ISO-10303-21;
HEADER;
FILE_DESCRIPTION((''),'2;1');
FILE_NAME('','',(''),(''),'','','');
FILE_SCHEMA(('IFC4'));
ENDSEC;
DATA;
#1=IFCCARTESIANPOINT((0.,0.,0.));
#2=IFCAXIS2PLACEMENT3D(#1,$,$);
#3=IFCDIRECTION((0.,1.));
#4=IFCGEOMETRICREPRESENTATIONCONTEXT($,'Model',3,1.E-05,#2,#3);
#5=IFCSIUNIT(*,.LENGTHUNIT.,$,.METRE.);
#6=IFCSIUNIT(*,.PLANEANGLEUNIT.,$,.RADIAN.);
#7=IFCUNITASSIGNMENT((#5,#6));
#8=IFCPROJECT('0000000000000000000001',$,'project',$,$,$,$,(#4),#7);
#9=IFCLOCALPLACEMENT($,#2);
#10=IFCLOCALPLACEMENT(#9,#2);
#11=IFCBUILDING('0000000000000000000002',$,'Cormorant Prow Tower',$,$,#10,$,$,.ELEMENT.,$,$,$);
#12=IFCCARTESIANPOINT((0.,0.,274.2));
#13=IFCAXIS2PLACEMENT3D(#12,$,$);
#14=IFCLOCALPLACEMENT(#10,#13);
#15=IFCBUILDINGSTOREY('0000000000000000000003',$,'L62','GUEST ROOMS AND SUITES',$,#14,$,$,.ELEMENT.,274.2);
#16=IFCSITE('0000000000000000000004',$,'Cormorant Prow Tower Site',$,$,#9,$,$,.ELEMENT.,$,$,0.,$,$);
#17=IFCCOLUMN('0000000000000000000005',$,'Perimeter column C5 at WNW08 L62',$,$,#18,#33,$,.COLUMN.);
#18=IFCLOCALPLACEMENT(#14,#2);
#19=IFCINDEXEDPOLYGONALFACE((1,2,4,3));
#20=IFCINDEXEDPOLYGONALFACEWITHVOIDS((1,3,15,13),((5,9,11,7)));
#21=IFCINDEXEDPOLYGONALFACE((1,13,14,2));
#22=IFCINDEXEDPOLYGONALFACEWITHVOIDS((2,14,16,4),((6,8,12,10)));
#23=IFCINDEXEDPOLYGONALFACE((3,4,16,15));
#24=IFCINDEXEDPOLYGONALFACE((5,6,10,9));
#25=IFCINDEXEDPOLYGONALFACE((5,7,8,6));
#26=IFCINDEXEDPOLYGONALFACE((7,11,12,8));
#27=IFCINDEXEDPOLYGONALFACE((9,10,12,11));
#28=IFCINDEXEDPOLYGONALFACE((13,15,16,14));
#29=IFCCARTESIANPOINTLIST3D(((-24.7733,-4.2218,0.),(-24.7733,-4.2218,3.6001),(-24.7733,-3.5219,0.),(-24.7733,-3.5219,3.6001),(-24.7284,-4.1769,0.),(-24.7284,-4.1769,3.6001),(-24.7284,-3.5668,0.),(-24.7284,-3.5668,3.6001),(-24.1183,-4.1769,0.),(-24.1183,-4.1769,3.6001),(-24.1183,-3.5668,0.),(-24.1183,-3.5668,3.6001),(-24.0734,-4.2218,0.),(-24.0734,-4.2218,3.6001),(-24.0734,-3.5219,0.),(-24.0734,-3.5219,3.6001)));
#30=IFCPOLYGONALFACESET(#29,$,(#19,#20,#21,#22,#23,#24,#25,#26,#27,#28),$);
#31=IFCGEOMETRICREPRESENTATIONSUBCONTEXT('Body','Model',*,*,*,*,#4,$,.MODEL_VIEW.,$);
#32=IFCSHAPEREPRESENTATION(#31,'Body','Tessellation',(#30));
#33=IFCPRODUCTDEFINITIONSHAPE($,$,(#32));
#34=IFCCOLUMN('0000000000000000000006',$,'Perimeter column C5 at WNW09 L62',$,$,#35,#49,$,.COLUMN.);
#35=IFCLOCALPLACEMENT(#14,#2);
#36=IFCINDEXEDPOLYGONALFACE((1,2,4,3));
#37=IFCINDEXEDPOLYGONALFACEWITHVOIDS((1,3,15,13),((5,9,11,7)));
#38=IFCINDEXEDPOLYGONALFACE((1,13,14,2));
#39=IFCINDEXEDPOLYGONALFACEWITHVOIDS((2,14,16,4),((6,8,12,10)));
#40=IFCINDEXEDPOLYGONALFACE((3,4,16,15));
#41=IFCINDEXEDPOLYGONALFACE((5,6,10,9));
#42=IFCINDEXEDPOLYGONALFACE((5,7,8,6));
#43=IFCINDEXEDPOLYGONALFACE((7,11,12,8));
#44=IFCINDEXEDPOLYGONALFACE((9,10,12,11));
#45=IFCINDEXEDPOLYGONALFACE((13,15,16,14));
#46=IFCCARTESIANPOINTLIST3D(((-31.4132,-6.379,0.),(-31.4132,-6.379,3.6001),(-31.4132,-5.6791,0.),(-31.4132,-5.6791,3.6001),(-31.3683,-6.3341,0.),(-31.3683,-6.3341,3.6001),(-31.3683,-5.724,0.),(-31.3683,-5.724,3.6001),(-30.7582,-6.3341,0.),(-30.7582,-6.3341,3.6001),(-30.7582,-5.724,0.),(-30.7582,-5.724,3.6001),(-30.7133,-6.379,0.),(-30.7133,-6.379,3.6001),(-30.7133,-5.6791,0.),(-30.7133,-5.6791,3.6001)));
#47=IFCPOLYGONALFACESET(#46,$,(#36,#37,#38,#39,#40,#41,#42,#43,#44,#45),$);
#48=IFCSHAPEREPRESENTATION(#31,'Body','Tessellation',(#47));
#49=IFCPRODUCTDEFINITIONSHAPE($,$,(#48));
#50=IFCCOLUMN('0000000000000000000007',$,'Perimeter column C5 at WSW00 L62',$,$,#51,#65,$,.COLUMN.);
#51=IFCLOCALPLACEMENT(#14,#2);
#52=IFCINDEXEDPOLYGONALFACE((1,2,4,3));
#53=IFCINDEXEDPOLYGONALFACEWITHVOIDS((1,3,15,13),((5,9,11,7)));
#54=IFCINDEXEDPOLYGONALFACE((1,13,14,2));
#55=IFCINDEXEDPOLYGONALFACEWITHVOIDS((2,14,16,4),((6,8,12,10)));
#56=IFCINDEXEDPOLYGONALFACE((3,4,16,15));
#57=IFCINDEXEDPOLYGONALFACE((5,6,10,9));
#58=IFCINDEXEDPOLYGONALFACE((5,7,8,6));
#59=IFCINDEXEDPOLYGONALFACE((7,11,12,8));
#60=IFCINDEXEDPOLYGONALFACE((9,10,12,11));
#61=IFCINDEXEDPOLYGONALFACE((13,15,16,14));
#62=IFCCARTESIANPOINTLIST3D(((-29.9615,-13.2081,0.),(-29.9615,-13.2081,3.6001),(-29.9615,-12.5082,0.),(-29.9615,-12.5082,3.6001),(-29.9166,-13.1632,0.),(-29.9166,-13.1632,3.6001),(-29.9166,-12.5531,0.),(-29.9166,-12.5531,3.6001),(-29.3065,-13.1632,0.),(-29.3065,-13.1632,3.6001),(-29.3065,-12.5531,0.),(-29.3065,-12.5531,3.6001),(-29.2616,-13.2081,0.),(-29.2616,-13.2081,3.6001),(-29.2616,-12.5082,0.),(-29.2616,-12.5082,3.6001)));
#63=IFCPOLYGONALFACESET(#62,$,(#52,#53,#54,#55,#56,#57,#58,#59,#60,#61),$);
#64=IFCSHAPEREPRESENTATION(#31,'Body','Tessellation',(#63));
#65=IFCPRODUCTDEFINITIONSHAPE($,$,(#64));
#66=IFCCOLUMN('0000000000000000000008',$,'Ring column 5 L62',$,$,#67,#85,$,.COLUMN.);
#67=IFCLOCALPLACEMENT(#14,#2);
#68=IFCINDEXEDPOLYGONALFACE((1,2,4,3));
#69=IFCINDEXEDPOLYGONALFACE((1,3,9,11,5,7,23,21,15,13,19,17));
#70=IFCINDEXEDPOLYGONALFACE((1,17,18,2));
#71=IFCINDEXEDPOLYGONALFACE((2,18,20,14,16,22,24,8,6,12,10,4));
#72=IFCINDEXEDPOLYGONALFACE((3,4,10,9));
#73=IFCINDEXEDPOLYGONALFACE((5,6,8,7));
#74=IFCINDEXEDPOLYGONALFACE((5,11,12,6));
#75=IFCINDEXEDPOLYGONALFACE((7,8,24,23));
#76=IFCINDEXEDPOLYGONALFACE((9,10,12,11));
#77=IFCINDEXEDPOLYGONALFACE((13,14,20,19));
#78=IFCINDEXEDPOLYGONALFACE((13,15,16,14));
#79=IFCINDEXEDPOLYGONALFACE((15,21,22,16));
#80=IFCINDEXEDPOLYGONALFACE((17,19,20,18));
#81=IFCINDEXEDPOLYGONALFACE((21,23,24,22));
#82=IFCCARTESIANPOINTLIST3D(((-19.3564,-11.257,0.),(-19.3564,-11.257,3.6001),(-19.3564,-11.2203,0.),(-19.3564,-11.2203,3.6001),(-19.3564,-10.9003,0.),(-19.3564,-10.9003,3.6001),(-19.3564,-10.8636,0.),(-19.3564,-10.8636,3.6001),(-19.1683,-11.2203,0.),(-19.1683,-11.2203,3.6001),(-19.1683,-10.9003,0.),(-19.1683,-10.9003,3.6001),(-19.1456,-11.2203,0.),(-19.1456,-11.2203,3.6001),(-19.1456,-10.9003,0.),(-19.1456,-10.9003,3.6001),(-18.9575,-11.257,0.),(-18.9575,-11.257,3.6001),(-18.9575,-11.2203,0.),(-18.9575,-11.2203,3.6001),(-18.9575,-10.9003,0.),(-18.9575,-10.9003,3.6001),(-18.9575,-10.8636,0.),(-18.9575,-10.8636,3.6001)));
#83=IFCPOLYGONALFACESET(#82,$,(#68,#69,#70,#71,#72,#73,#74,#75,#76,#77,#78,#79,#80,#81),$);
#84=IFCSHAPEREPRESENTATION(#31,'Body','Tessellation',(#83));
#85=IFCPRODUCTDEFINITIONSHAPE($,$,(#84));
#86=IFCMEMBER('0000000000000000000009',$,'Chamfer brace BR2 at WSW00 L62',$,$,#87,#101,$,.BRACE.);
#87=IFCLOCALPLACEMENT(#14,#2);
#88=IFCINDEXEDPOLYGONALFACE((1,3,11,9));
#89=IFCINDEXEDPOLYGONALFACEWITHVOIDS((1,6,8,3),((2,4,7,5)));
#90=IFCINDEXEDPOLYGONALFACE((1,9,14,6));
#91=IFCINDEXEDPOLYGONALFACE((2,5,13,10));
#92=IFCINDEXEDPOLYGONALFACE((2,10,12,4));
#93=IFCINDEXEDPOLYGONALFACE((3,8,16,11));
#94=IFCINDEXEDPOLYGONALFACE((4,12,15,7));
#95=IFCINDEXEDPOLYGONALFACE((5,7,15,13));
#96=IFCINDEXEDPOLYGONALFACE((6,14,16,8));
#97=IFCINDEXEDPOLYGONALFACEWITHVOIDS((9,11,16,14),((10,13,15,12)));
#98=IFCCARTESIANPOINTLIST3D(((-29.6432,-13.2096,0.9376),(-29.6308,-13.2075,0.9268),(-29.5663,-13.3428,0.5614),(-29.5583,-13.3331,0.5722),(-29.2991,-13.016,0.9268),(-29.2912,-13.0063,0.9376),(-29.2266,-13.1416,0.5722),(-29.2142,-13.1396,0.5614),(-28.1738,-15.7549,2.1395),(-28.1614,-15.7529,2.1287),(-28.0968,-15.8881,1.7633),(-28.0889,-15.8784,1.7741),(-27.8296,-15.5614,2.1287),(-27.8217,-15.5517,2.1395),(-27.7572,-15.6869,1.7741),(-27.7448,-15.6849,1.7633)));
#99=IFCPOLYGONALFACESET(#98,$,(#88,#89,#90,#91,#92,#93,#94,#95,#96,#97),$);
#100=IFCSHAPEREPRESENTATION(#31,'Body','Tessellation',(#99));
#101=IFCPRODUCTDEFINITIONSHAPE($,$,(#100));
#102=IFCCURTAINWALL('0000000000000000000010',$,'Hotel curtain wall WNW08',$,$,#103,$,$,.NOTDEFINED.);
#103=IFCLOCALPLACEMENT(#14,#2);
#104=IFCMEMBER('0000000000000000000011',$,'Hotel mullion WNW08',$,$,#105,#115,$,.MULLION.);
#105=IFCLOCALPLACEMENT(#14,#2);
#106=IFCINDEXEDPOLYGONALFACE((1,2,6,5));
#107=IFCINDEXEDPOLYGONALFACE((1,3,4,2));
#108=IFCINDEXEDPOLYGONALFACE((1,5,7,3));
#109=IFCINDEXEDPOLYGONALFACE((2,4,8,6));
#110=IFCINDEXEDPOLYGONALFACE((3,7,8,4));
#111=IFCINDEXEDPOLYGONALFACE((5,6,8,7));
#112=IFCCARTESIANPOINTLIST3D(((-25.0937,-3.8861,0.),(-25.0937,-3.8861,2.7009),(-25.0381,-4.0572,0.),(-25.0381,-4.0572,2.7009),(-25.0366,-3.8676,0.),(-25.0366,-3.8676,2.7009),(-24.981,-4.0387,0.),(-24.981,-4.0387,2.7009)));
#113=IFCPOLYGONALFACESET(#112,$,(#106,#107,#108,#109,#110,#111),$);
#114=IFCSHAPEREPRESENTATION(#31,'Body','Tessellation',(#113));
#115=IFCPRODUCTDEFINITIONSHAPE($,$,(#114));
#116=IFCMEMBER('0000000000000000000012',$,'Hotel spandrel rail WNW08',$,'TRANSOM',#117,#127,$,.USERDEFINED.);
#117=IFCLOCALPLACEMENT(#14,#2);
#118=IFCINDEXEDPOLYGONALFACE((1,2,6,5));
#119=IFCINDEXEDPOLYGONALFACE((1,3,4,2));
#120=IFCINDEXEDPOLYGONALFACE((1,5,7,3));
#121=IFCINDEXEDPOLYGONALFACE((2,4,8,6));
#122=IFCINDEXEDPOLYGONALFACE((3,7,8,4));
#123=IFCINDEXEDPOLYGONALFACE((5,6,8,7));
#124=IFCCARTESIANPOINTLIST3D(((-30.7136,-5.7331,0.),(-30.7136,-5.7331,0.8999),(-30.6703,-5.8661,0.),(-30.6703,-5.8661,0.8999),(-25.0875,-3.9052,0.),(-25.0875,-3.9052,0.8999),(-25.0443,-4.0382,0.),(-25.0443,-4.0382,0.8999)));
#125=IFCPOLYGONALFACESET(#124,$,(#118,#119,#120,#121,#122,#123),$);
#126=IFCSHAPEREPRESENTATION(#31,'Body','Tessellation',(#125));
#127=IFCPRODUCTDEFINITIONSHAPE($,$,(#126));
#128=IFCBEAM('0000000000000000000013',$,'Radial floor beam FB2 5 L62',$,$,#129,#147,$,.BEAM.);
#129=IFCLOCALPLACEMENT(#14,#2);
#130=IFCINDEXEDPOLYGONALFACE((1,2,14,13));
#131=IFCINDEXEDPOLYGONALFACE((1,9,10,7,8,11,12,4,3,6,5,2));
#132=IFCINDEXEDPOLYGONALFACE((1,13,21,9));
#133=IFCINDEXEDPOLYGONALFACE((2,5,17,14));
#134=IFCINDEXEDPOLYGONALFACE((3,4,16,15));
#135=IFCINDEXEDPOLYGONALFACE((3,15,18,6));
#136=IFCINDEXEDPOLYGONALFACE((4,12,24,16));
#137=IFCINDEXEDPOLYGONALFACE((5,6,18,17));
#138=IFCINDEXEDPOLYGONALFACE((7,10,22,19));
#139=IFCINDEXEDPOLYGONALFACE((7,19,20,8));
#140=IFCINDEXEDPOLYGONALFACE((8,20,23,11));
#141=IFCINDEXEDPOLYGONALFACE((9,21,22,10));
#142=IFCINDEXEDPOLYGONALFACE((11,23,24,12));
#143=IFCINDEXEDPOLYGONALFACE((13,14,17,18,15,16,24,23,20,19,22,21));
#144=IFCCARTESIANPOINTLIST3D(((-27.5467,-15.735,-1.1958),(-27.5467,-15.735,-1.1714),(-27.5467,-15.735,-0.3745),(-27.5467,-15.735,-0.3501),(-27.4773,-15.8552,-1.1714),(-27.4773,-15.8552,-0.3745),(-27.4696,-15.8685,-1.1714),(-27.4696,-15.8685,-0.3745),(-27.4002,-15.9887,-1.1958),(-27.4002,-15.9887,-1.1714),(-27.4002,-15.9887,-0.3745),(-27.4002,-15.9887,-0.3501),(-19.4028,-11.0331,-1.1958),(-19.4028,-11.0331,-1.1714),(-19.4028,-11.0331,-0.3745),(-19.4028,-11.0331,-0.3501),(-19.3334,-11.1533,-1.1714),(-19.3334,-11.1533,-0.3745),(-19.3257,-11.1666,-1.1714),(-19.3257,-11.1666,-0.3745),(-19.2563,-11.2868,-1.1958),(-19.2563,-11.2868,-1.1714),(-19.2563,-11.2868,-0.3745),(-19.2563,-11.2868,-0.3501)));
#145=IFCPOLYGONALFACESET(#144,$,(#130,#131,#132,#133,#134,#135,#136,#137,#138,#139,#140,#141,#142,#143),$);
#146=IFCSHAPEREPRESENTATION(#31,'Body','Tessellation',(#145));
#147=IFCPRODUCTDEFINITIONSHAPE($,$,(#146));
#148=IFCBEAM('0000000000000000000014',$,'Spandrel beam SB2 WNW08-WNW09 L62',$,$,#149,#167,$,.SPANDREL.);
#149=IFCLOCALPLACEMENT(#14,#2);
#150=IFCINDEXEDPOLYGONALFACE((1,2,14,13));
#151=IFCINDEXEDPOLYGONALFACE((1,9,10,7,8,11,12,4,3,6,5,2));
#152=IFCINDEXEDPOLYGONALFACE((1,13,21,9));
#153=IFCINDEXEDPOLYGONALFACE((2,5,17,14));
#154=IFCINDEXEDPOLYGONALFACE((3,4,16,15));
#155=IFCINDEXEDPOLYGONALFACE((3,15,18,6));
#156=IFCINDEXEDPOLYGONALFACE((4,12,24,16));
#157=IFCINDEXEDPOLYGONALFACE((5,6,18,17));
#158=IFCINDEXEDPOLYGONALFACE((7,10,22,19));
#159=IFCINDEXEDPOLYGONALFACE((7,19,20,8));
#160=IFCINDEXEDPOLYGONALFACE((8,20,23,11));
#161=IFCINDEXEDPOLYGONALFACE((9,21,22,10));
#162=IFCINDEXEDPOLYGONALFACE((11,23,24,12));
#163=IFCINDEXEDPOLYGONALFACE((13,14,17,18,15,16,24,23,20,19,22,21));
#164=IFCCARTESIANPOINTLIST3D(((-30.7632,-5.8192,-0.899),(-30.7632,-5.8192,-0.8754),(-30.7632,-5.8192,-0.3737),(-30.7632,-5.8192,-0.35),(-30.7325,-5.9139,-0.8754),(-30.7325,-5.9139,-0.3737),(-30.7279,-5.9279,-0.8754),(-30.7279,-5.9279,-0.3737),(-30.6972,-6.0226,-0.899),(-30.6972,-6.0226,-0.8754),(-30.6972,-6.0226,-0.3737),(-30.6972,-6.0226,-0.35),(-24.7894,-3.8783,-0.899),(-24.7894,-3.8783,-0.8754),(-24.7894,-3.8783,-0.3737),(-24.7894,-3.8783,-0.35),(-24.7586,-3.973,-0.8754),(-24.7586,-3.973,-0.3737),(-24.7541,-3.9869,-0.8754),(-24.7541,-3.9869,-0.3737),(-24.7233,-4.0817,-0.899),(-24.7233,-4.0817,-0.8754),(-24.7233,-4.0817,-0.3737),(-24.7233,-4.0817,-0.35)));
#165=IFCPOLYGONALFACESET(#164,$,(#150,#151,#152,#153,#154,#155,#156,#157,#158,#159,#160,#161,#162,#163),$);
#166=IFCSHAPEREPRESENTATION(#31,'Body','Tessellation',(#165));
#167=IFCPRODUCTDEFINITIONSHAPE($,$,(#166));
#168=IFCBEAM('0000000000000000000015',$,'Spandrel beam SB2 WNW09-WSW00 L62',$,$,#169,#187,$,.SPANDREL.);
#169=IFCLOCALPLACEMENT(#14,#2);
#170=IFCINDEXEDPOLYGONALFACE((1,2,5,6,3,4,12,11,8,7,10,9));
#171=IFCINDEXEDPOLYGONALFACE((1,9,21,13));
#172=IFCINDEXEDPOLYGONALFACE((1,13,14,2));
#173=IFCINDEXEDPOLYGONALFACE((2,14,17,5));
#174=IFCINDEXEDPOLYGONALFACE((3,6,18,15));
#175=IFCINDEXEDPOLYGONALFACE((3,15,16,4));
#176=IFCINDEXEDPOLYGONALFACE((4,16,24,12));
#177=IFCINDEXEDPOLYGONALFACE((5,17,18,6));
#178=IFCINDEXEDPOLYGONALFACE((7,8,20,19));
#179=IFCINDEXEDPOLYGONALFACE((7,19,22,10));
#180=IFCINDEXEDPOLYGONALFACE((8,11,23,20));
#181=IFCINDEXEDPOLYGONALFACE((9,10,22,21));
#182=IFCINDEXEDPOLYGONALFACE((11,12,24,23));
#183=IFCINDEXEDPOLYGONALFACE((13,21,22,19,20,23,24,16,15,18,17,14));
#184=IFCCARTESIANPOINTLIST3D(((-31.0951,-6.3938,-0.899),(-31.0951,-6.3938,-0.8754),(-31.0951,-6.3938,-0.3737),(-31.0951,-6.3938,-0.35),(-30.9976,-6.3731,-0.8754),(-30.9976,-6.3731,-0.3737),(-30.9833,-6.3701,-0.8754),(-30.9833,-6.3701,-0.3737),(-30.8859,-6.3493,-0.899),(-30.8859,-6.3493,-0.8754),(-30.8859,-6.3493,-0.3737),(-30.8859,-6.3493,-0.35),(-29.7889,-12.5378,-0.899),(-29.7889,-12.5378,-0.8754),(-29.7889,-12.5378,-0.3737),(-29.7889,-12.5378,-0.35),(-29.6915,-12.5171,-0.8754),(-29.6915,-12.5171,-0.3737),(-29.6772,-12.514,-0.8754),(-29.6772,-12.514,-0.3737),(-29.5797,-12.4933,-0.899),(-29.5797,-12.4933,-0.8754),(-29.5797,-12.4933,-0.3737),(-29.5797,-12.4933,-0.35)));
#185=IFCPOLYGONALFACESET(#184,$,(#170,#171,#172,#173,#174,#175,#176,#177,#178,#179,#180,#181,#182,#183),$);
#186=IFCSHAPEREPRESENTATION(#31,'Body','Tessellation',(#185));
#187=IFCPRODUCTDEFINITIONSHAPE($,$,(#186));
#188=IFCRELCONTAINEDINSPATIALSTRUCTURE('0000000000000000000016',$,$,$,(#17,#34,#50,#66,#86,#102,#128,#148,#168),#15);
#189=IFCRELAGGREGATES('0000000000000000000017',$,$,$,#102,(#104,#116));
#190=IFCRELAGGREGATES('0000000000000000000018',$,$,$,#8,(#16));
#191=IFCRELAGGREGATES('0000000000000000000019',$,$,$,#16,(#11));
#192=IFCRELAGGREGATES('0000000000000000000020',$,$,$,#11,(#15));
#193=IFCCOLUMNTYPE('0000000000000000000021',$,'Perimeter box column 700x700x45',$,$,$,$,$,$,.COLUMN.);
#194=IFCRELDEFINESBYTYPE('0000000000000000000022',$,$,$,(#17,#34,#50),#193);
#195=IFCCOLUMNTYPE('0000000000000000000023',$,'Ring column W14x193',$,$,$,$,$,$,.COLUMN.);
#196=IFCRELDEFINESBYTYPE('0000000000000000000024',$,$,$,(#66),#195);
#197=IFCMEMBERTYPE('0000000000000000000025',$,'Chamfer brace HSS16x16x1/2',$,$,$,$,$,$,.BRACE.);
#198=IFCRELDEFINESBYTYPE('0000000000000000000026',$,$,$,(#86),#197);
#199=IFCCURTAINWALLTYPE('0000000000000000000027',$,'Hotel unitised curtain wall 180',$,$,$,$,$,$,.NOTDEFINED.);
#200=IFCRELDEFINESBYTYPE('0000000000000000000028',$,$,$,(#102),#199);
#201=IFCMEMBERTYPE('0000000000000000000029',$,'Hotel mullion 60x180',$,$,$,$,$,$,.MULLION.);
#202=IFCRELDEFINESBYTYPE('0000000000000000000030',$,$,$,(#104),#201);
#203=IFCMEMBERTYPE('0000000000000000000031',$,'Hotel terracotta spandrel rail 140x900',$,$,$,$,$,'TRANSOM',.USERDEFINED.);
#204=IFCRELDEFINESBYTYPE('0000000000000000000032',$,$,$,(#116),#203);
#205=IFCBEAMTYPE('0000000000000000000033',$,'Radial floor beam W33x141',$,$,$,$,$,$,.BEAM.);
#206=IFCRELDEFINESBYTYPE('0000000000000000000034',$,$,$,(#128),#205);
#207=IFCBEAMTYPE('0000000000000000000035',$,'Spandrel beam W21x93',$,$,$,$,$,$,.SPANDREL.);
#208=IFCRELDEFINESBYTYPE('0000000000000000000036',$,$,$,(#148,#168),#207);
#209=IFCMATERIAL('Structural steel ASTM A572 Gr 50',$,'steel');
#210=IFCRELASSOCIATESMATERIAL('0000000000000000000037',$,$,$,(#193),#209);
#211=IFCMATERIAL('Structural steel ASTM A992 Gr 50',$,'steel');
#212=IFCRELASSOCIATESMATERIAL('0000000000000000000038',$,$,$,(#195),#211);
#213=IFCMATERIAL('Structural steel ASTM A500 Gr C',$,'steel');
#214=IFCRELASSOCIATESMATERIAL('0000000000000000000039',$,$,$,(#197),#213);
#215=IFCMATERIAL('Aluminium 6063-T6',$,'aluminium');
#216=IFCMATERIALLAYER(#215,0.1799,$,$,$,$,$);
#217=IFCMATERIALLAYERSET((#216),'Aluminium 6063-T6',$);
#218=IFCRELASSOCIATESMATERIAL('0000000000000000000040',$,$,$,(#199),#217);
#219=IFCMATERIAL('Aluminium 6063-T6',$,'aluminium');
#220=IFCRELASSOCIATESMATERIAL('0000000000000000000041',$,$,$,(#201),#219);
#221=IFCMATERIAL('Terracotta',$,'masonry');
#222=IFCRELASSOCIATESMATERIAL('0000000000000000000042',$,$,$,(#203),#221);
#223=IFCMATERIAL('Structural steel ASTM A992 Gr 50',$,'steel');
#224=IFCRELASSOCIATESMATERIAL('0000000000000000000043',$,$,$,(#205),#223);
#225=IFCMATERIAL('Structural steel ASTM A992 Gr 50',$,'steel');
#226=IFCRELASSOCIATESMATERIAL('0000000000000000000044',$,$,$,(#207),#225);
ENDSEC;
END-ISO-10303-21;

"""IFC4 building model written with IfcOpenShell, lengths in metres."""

from ifc_helpers import new_model, si_unit, direction, frame, origin, origin_2d, place, context, subcontext, project, spatial, rectangle, hollow_rectangle, i_section, extrude, material, layer, layer_set, material_profile, profile_set, type_object, element, aggregate, save


model = new_model("IFC4")

# Units and contexts
model_context = context("Model", 3, precision=1e-05, world=origin(), true_north=direction((0.0, 1.0)))
body_context = subcontext(model_context, "Body", "Model", "MODEL_VIEW")
ifc_project = project(units=[si_unit("LENGTHUNIT", "METRE"), si_unit("PLANEANGLEUNIT", "RADIAN")], contexts=[model_context])

# Site, building, storey
site_placement = place(None, origin())
site = spatial("IfcSite", under=ifc_project, at=site_placement, Name="Cormorant Prow Tower Site", CompositionType="ELEMENT", RefElevation=0.0)
building_placement = place(site_placement, origin())
building = spatial("IfcBuilding", under=site, at=building_placement, Name="Cormorant Prow Tower", CompositionType="ELEMENT")
storey_placement = place(building_placement, frame((0.0, 0.0, 274.2)))
storey = spatial("IfcBuildingStorey", under=building, at=storey_placement, Name="L62", Description="GUEST ROOMS AND SUITES", CompositionType="ELEMENT", Elevation=274.2)

# Columns
ifc_material_1 = material(Name="Structural steel ASTM A572 Gr 50", Category="steel")
ifc_material_profile_1 = material_profile(ifc_material_1, hollow_rectangle(XDim=0.7, YDim=0.7, WallThickness=0.0449, at=origin_2d()), Name="Box 700x700x45")
ifc_profile_set_1 = profile_set([ifc_material_profile_1], Name="Structural steel ASTM A572 Gr 50")
column_type_1 = type_object("IfcColumnType", Name="Perimeter box column 700x700x45", PredefinedType="COLUMN", material=ifc_profile_set_1)
for number, where, z_axis, x_axis, name in (
    (1, (-24.4233, -3.8718, 0.0), (0.0, 0.0, 1.0), (1.0, 0.0, 0.0), "Perimeter column C5 at WNW08 L62"),
    (2, (-31.0632, -6.0291, 0.0), (0.0, 0.0, 1.0), (1.0, 0.0, 0.0), "Perimeter column C5 at WNW09 L62"),
    (3, (-29.6116, -12.8582, 0.0), (0.0, 0.0, 1.0), (1.0, 0.0, 0.0), "Perimeter column C5 at WSW00 L62"),
):
    element("IfcColumn", number, at=place(storey_placement, frame(where, z_axis=z_axis, x_axis=x_axis)), inside=storey, type_object=column_type_1, Name=name, PredefinedType="COLUMN", context=body_context, shape_type="SweptSolid", body=[
        extrude(hollow_rectangle(XDim=0.7, YDim=0.7, WallThickness=0.0449, at=origin_2d()), origin(), (0.0, 0.0, 1.0), 3.6001),
    ])
ifc_material_2 = material(Name="Structural steel ASTM A992 Gr 50", Category="steel")
ifc_material_profile_2 = material_profile(ifc_material_2, i_section(OverallWidth=0.3989, OverallDepth=0.3933, WebThickness=0.0227, FlangeThickness=0.0366, at=origin_2d()), Name="W14x193")
ifc_profile_set_2 = profile_set([ifc_material_profile_2], Name="Structural steel ASTM A992 Gr 50")
column_type_2 = type_object("IfcColumnType", Name="Ring column W14x193", PredefinedType="COLUMN", material=ifc_profile_set_2)
column_placement = place(storey_placement, frame((-19.157, -11.0603, 0.0), z_axis=(0.0, 0.0, 1.0), x_axis=(1.0, 0.0, 0.0)))
element("IfcColumn", 4, at=column_placement, inside=storey, type_object=column_type_2, Name="Ring column 5 L62", PredefinedType="COLUMN", context=body_context, shape_type="SweptSolid", body=[
    extrude(i_section(OverallWidth=0.3989, OverallDepth=0.3933, WebThickness=0.0227, FlangeThickness=0.0366, at=origin_2d()), origin(), (0.0, 0.0, 1.0), 3.6001),
])

# Member
ifc_material_3 = material(Name="Structural steel ASTM A500 Gr C", Category="steel")
ifc_material_profile_3 = material_profile(ifc_material_3, hollow_rectangle(XDim=0.4065, YDim=0.4065, WallThickness=0.0117, at=origin_2d()), Name="HSS16x16x1/2")
ifc_profile_set_3 = profile_set([ifc_material_profile_3], Name="Structural steel ASTM A500 Gr C")
member_type_1 = type_object("IfcMemberType", Name="Chamfer brace HSS16x16x1/2", PredefinedType="BRACE", material=ifc_profile_set_3)
member_1_placement = place(storey_placement, frame((-29.4287, -13.1746, 0.7495), z_axis=(0.462773, -0.801607, 0.378507), x_axis=(0.866042, 0.499972, 0.0)))
element("IfcMember", 5, at=member_1_placement, inside=storey, type_object=member_type_1, Name="Chamfer brace BR2 at WSW00 L62", PredefinedType="BRACE", context=body_context, shape_type="SweptSolid", body=[
    extrude(hollow_rectangle(XDim=0.4065, YDim=0.4065, WallThickness=0.0117, at=origin_2d()), origin(), (0.0, 0.0, 1.0), 3.1753),
])

# Curtain wall, members
ifc_material_4 = material(Name="Aluminium 6063-T6", Category="aluminium")
ifc_layer_1 = layer(ifc_material_4, 0.1799)
ifc_layer_set_1 = layer_set([ifc_layer_1], Name="Aluminium 6063-T6")
curtain_wall_type = type_object("IfcCurtainWallType", Name="Hotel unitised curtain wall 180", PredefinedType="NOTDEFINED", material=ifc_layer_set_1)
curtain_wall_placement = place(storey_placement, origin())
curtain_wall = element("IfcCurtainWall", 6, at=curtain_wall_placement, inside=storey, type_object=curtain_wall_type, Name="Hotel curtain wall WNW08", PredefinedType="NOTDEFINED")
ifc_material_5 = material(Name="Aluminium 6063-T6", Category="aluminium")
ifc_material_profile_4 = material_profile(ifc_material_5, rectangle(XDim=0.1799, YDim=0.0601, at=origin_2d()), Name="Hotel mullion 60x180")
ifc_profile_set_4 = profile_set([ifc_material_profile_4], Name="Aluminium 6063-T6")
member_type_2 = type_object("IfcMemberType", Name="Hotel mullion 60x180", PredefinedType="MULLION", material=ifc_profile_set_4)
member_2_placement = place(storey_placement, frame((-25.0374, -3.9624, 0.0), z_axis=(0.0, 0.0, 1.0), x_axis=(0.309017, -0.951057, 0.0)))
member_2 = element("IfcMember", 7, at=member_2_placement, type_object=member_type_2, Name="Hotel mullion WNW08", PredefinedType="MULLION", context=body_context, shape_type="SweptSolid", body=[
    extrude(rectangle(XDim=0.1799, YDim=0.0601, at=origin_2d()), origin(), (0.0, 0.0, 1.0), 2.7009),
])
ifc_material_6 = material(Name="Terracotta", Category="masonry")
ifc_material_profile_5 = material_profile(ifc_material_6, rectangle(XDim=0.1399, YDim=0.8999, at=origin_2d()), Name="Hotel terracotta spandrel rail 140x900")
ifc_profile_set_5 = profile_set([ifc_material_profile_5], Name="Terracotta")
member_type_3 = type_object("IfcMemberType", Name="Hotel terracotta spandrel rail 140x900", ElementType="TRANSOM", PredefinedType="USERDEFINED", material=ifc_profile_set_5)
member_3_placement = place(storey_placement, frame((-25.0659, -3.9717, 0.45), z_axis=(-0.951062, -0.309, 0.0), x_axis=(0.309, -0.951062, 0.0)))
member_3 = element("IfcMember", 8, at=member_3_placement, type_object=member_type_3, Name="Hotel spandrel rail WNW08", ObjectType="TRANSOM", PredefinedType="USERDEFINED", context=body_context, shape_type="SweptSolid", body=[
    extrude(rectangle(XDim=0.1399, YDim=0.8999, at=origin_2d()), origin(), (0.0, 0.0, 1.0), 5.9155),
])

# Beams
ifc_material_7 = material(Name="Structural steel ASTM A992 Gr 50", Category="steel")
ifc_material_profile_6 = material_profile(ifc_material_7, i_section(OverallWidth=0.293, OverallDepth=0.8457, WebThickness=0.0154, FlangeThickness=0.0244, at=origin_2d()), Name="W33x141")
ifc_profile_set_6 = profile_set([ifc_material_profile_6], Name="Structural steel ASTM A992 Gr 50")
beam_type_1 = type_object("IfcBeamType", Name="Radial floor beam W33x141", PredefinedType="BEAM", material=ifc_profile_set_6)
beam_1_placement = place(storey_placement, frame((-19.3296, -11.1599, -0.7729), z_axis=(-0.866022, -0.500006, 0.0), x_axis=(0.500006, -0.866022, 0.0)))
element("IfcBeam", 9, at=beam_1_placement, inside=storey, type_object=beam_type_1, Name="Radial floor beam FB2 5 L62", PredefinedType="BEAM", context=body_context, shape_type="SweptSolid", body=[
    extrude(i_section(OverallWidth=0.293, OverallDepth=0.8457, WebThickness=0.0154, FlangeThickness=0.0244, at=origin_2d()), origin(), (0.0, 0.0, 1.0), 9.4038),
])
ifc_material_8 = material(Name="Structural steel ASTM A992 Gr 50", Category="steel")
ifc_material_profile_7 = material_profile(ifc_material_8, i_section(OverallWidth=0.2139, OverallDepth=0.5491, WebThickness=0.0146, FlangeThickness=0.0237, at=origin_2d()), Name="W21x93")
ifc_profile_set_7 = profile_set([ifc_material_profile_7], Name="Structural steel ASTM A992 Gr 50")
beam_type_2 = type_object("IfcBeamType", Name="Spandrel beam W21x93", PredefinedType="SPANDREL", material=ifc_profile_set_7)
for number, where, z_axis, x_axis, name in (
    (10, (-24.7563, -3.98, -0.6245), (-0.951062, -0.309001, 0.0), (0.309001, -0.951062, 0.0), "Spandrel beam SB2 WNW08-WNW09 L62"),
    (11, (-30.9905, -6.3716, -0.6245), (0.207941, -0.978141, 0.0), (0.978141, 0.207941, 0.0), "Spandrel beam SB2 WNW09-WSW00 L62"),
):
    element("IfcBeam", number, at=place(storey_placement, frame(where, z_axis=z_axis, x_axis=x_axis)), inside=storey, type_object=beam_type_2, Name=name, PredefinedType="SPANDREL", context=body_context, shape_type="SweptSolid", body=[
        extrude(i_section(OverallWidth=0.2139, OverallDepth=0.5491, WebThickness=0.0146, FlangeThickness=0.0237, at=origin_2d()), origin(), (0.0, 0.0, 1.0), 6.2812),
    ])

aggregate(curtain_wall, [member_2, member_3])

save(model, "model.ifc")
